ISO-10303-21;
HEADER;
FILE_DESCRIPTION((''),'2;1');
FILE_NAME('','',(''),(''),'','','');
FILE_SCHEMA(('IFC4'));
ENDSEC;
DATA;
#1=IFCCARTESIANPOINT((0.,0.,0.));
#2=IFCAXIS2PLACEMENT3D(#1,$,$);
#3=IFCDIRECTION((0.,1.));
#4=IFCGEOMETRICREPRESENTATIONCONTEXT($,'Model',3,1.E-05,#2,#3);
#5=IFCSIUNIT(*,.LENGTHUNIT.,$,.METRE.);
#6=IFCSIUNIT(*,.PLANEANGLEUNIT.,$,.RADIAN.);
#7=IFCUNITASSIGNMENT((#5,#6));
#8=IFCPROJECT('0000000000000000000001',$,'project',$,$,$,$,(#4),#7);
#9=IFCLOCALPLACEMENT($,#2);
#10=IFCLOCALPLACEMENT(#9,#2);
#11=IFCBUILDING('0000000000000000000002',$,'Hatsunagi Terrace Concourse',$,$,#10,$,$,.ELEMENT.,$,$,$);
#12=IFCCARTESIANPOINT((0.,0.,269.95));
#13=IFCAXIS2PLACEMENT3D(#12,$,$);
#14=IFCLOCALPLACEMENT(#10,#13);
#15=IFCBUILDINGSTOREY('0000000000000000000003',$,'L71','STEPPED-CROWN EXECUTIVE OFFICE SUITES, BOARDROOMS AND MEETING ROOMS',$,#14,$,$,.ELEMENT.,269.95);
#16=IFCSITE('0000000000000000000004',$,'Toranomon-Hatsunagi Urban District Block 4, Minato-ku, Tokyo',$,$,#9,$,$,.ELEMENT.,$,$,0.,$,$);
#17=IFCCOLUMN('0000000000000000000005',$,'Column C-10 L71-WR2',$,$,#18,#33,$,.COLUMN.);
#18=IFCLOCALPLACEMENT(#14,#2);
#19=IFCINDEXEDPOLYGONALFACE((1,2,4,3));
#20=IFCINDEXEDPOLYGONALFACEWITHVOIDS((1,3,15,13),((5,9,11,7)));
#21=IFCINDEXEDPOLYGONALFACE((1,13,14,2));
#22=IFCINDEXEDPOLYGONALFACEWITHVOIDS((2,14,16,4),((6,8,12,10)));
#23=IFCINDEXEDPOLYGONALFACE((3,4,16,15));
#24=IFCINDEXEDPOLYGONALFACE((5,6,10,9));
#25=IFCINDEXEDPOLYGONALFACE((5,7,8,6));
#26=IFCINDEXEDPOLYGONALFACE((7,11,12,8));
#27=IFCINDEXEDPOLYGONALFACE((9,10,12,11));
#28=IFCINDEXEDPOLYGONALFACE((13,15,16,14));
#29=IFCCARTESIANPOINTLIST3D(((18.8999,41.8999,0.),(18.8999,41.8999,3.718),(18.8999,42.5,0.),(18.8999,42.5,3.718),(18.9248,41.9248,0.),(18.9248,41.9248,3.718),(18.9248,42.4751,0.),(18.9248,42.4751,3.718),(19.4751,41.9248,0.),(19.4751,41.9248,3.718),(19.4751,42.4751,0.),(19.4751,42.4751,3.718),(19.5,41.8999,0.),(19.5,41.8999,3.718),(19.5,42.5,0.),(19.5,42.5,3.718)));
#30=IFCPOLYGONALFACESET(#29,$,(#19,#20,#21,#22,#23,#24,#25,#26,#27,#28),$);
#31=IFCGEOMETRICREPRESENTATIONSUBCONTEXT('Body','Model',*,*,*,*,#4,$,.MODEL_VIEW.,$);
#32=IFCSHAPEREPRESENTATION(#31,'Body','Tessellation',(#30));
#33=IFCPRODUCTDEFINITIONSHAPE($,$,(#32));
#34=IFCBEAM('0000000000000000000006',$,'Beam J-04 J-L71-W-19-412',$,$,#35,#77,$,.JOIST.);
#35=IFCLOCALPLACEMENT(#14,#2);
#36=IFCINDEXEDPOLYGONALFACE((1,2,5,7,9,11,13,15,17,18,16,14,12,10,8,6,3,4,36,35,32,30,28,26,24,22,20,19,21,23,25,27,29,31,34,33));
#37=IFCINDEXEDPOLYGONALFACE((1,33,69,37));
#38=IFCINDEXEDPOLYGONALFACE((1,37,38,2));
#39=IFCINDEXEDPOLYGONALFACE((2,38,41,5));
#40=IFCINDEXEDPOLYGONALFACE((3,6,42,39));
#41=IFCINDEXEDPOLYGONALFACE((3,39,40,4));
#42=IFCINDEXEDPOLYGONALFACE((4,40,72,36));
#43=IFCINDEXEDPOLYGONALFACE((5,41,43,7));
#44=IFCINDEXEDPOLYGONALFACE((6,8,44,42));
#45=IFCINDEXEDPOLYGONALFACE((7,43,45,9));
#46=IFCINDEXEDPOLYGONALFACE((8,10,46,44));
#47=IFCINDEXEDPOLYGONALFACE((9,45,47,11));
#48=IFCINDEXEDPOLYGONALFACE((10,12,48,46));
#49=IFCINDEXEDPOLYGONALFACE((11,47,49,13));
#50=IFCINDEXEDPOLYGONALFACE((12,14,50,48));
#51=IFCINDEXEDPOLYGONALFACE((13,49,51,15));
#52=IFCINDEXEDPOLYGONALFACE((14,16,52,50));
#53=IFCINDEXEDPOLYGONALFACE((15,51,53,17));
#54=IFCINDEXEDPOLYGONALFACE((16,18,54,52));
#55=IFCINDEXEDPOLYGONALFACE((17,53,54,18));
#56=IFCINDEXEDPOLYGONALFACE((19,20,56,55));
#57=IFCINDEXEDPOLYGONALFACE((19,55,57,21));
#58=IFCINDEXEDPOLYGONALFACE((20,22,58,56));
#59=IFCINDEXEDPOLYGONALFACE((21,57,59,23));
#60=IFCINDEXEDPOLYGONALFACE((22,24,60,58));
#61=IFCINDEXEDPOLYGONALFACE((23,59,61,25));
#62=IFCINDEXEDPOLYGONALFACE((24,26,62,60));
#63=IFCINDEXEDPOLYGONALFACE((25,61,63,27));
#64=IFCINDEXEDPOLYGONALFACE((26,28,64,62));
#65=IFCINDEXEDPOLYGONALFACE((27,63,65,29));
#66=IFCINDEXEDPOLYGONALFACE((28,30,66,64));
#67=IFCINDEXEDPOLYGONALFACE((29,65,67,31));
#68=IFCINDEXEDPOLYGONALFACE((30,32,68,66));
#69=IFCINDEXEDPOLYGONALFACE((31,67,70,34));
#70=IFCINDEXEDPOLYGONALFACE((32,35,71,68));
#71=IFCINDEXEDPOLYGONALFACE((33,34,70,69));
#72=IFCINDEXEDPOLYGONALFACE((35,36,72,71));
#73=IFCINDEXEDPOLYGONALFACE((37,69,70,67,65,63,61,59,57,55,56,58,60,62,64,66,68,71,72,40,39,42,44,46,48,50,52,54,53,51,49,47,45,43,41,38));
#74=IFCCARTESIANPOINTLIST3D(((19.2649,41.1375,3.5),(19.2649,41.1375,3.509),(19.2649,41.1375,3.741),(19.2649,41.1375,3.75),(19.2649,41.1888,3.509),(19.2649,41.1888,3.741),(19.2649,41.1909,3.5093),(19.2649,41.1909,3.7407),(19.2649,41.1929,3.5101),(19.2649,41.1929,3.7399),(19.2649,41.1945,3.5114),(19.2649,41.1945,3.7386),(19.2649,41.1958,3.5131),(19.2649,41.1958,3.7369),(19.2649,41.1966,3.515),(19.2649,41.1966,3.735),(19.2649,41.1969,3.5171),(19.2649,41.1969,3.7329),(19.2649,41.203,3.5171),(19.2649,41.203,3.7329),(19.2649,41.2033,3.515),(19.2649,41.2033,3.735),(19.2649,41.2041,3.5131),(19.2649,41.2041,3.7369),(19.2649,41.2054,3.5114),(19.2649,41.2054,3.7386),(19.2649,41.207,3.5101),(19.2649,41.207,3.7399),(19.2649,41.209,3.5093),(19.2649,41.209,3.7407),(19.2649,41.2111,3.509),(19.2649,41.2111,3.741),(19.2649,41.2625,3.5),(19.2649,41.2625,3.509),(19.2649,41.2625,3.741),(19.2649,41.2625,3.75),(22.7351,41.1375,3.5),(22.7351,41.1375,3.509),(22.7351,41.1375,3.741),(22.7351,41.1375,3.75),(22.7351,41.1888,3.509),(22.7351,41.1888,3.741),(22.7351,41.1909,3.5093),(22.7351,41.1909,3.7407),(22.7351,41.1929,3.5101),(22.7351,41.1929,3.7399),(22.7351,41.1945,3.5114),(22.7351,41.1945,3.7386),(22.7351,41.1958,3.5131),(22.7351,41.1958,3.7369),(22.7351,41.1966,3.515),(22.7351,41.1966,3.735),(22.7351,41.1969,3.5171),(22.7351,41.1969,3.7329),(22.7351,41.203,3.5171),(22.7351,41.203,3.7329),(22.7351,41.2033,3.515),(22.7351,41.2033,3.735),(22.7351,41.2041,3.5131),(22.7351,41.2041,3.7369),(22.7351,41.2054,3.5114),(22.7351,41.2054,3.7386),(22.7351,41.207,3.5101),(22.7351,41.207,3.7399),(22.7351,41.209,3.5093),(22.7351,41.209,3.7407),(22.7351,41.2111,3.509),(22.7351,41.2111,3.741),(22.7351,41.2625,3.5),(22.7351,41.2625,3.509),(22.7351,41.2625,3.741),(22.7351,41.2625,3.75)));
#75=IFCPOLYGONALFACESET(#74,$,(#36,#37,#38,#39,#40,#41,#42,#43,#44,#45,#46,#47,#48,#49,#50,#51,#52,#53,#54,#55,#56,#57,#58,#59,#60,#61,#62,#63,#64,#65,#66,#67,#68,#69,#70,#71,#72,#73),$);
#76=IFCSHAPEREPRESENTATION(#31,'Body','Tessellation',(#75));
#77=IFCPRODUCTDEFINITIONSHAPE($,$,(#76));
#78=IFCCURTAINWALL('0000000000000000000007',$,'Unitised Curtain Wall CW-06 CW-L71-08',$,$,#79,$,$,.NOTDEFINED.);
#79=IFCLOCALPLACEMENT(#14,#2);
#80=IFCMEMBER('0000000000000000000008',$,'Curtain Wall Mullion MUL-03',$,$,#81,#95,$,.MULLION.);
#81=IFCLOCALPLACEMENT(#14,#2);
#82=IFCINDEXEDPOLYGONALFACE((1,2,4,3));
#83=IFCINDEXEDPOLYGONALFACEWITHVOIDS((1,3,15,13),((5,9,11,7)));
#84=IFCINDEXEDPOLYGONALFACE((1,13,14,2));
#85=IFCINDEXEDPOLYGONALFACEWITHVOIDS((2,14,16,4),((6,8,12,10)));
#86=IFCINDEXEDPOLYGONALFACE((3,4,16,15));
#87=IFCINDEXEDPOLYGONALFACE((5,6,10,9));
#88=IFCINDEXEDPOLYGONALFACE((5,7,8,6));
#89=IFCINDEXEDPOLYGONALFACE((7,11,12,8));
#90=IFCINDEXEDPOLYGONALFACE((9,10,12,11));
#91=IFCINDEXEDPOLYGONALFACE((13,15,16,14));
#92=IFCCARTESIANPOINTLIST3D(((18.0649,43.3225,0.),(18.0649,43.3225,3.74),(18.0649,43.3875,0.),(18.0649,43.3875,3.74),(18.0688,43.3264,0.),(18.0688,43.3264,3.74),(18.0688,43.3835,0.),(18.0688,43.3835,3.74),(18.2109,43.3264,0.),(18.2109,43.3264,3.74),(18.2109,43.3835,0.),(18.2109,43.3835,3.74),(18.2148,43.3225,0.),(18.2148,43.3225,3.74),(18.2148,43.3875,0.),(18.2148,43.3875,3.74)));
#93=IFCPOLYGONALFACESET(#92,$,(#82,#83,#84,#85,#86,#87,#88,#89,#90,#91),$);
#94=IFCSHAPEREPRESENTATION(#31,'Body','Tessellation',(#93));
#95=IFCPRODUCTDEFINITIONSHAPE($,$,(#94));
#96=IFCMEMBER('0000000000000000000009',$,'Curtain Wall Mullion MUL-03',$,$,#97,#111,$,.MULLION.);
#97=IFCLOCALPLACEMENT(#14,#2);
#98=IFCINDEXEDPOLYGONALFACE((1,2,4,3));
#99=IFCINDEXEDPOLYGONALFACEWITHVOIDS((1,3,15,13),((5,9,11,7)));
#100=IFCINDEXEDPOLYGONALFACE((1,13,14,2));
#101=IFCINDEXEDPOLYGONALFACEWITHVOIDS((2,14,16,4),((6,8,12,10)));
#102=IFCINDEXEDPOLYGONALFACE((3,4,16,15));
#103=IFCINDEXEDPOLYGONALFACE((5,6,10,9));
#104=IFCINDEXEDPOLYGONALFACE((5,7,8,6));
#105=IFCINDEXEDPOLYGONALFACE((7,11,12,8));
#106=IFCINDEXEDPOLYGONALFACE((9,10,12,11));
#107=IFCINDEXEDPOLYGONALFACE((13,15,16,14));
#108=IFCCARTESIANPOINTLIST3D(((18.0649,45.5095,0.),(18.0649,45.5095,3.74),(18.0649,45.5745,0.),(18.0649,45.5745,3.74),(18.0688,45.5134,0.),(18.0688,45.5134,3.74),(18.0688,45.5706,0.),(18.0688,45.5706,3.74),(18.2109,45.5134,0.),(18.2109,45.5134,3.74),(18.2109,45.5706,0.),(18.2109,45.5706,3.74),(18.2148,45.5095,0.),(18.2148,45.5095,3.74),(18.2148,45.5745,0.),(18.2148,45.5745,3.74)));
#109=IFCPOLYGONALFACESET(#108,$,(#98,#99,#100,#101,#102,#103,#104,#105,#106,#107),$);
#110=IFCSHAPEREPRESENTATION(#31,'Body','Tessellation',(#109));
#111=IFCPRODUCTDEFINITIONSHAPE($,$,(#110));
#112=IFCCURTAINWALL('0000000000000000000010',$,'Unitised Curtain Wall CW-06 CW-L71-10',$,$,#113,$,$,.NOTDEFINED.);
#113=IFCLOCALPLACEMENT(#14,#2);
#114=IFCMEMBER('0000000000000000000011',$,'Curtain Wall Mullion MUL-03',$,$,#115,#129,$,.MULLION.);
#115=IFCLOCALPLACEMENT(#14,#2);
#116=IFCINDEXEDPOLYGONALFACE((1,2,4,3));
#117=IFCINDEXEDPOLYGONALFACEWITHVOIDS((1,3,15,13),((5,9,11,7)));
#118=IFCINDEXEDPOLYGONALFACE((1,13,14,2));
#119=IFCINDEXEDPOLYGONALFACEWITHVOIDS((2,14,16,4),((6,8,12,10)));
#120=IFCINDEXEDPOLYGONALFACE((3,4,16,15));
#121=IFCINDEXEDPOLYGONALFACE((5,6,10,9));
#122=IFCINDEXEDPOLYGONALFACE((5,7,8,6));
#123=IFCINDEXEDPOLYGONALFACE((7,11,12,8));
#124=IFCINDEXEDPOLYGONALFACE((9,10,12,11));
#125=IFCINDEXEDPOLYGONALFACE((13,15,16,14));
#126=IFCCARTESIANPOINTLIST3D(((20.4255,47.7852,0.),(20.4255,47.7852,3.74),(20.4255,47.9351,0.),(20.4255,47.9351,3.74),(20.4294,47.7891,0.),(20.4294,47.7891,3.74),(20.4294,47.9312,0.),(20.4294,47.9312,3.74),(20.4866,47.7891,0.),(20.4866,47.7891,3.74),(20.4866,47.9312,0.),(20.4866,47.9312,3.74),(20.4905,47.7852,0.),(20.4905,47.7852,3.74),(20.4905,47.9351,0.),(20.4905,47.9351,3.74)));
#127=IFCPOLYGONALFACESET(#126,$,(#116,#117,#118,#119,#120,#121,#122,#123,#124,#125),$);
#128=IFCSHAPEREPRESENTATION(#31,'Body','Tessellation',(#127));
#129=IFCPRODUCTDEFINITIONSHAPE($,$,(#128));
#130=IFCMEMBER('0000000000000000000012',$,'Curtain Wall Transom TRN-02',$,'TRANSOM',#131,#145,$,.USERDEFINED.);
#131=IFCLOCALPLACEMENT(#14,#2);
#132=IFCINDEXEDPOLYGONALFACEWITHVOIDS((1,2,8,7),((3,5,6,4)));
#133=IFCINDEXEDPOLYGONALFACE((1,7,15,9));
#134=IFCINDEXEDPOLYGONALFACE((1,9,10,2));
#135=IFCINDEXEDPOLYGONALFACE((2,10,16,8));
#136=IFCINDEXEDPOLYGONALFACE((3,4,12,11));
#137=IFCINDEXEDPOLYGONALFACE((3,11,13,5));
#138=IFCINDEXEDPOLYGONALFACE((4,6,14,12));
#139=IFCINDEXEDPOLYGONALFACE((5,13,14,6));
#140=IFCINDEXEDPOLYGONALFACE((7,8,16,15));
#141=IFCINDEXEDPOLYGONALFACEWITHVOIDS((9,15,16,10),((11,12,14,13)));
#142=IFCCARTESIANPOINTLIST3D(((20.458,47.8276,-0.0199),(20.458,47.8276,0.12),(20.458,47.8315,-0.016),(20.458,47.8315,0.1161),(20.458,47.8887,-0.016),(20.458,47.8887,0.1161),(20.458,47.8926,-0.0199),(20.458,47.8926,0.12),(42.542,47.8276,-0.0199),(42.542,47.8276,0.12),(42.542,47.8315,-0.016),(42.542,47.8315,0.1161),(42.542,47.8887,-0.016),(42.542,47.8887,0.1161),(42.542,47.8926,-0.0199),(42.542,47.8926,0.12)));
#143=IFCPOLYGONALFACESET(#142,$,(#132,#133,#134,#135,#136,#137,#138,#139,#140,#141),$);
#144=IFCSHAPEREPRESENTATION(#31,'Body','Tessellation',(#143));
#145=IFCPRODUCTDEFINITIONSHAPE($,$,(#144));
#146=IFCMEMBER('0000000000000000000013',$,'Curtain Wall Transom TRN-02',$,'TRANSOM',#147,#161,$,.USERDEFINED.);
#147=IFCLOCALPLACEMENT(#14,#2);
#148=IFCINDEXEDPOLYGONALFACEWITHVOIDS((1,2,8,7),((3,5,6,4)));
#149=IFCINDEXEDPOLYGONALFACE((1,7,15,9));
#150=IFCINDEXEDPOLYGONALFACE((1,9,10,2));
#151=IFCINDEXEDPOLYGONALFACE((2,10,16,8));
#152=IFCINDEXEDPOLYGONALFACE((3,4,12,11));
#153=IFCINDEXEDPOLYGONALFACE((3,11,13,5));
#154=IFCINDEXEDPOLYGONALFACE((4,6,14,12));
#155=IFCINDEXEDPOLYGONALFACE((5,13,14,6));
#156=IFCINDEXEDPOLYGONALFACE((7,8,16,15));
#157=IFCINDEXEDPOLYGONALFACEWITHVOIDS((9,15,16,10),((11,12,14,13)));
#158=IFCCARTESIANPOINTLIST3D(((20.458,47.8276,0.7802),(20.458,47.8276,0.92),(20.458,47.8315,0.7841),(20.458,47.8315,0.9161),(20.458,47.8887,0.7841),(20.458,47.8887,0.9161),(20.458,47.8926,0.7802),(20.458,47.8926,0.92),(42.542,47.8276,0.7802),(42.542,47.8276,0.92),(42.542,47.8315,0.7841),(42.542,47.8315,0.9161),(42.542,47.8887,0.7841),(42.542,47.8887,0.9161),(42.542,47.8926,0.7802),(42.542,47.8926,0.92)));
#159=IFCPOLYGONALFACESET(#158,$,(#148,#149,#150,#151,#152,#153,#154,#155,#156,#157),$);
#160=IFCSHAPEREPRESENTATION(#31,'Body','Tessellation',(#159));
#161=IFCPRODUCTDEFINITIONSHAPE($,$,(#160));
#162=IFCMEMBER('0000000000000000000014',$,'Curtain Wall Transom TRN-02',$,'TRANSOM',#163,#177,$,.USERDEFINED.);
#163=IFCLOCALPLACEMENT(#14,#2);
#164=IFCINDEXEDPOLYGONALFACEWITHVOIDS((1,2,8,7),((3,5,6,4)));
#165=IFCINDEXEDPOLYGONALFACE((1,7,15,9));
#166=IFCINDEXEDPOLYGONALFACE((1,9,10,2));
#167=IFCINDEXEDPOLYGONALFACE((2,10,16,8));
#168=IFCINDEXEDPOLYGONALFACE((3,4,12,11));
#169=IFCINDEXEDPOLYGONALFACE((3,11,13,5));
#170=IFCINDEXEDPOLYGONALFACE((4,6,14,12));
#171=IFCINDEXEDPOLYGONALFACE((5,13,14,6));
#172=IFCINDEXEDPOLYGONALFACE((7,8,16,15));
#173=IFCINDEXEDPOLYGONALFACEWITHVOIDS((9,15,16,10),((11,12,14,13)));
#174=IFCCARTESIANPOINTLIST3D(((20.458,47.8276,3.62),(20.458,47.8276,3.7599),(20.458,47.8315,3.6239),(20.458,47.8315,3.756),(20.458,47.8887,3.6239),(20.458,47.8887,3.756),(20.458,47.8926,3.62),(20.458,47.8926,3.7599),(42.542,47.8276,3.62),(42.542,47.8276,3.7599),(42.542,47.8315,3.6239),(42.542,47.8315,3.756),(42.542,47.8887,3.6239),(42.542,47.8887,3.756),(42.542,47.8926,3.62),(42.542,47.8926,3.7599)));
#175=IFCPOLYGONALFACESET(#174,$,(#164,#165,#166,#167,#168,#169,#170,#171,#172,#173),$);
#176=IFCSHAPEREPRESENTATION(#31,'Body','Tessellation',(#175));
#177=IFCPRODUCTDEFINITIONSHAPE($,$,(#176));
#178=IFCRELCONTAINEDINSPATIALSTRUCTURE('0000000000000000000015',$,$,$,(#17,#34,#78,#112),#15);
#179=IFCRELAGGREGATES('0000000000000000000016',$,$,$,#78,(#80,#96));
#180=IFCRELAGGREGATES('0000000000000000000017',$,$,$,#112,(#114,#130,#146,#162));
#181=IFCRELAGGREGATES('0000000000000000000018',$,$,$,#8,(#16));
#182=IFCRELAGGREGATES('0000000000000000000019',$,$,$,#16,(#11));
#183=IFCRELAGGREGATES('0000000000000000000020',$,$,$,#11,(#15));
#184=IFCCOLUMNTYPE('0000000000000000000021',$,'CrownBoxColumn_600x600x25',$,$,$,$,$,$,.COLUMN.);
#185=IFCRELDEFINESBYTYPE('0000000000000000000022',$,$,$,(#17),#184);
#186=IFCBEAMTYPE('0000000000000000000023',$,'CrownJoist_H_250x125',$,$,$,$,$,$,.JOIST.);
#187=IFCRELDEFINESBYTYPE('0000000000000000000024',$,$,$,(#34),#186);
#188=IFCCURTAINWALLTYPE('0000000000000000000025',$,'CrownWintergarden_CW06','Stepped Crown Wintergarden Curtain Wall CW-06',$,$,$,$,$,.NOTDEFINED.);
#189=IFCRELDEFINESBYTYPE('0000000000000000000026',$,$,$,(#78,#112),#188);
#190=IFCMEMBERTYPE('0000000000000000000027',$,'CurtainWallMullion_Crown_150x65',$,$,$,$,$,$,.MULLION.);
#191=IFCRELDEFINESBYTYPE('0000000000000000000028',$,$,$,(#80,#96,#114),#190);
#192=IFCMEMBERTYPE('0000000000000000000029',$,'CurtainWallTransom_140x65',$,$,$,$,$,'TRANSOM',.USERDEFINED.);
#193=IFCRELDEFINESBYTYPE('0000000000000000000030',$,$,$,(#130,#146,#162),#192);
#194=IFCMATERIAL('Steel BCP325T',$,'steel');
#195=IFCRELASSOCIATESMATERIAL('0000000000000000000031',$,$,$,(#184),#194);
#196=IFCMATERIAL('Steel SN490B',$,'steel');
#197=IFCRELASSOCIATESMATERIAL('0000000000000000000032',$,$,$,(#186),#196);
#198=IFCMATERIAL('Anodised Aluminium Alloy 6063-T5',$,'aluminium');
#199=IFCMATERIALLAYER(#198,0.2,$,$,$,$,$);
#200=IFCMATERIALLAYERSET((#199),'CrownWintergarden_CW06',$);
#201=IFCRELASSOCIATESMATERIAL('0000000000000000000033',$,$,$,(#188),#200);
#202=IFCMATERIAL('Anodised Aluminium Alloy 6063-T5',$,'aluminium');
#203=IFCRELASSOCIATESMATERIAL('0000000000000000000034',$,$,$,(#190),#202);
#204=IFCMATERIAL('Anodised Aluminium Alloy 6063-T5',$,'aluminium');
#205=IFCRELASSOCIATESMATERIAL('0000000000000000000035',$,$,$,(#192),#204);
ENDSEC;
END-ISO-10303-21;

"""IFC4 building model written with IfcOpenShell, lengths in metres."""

from ifc_helpers import new_model, si_unit, direction, frame, origin, origin_2d, place, context, subcontext, project, spatial, hollow_rectangle, i_section, extrude, material, layer, layer_set, material_profile, profile_set, type_object, element, aggregate, save


model = new_model("IFC4")

# Units and contexts
model_context = context("Model", 3, precision=1e-05, world=origin(), true_north=direction((0.0, 1.0)))
body_context = subcontext(model_context, "Body", "Model", "MODEL_VIEW")
ifc_project = project(units=[si_unit("LENGTHUNIT", "METRE"), si_unit("PLANEANGLEUNIT", "RADIAN")], contexts=[model_context])

# Site, building, storey
site_placement = place(None, origin())
site = spatial("IfcSite", under=ifc_project, at=site_placement, Name="Toranomon-Hatsunagi Urban District Block 4, Minato-ku, Tokyo", CompositionType="ELEMENT", RefElevation=0.0)
building_placement = place(site_placement, origin())
building = spatial("IfcBuilding", under=site, at=building_placement, Name="Hatsunagi Terrace Concourse", CompositionType="ELEMENT")
storey_placement = place(building_placement, frame((0.0, 0.0, 269.95)))
storey = spatial("IfcBuildingStorey", under=building, at=storey_placement, Name="L71", Description="STEPPED-CROWN EXECUTIVE OFFICE SUITES, BOARDROOMS AND MEETING ROOMS", CompositionType="ELEMENT", Elevation=269.95)

# Column
ifc_material_1 = material(Name="Steel BCP325T", Category="steel")
ifc_material_profile_1 = material_profile(ifc_material_1, hollow_rectangle(XDim=0.6001, YDim=0.6001, WallThickness=0.0249, at=origin_2d()), Name="BCP-600x600x25")
ifc_profile_set_1 = profile_set([ifc_material_profile_1], Name="Steel BCP325T")
column_type = type_object("IfcColumnType", Name="CrownBoxColumn_600x600x25", PredefinedType="COLUMN", material=ifc_profile_set_1)
column_placement = place(storey_placement, frame((19.2, 42.2, 0.0), z_axis=(0.0, 0.0, 1.0), x_axis=(1.0, 0.0, 0.0)))
element("IfcColumn", 1, at=column_placement, inside=storey, type_object=column_type, Name="Column C-10 L71-WR2", PredefinedType="COLUMN", context=body_context, shape_type="SweptSolid", body=[
    extrude(hollow_rectangle(XDim=0.6001, YDim=0.6001, WallThickness=0.0249, at=origin_2d()), origin(), (0.0, 0.0, 1.0), 3.718),
])

# Beam
ifc_material_2 = material(Name="Steel SN490B", Category="steel")
ifc_material_profile_2 = material_profile(ifc_material_2, i_section(OverallWidth=0.125, OverallDepth=0.25, WebThickness=0.0061, FlangeThickness=0.009, FilletRadius=0.0081, at=origin_2d()), Name="H-250x125x6x9")
ifc_profile_set_2 = profile_set([ifc_material_profile_2], Name="Steel SN490B")
beam_type_1 = type_object("IfcBeamType", Name="CrownJoist_H_250x125", PredefinedType="JOIST", material=ifc_profile_set_2)
beam_1_placement = place(storey_placement, frame((19.2649, 41.2, 3.625), z_axis=(1.0, 0.0, 0.0), x_axis=(0.0, 1.0, 0.0)))
element("IfcBeam", 2, at=beam_1_placement, inside=storey, type_object=beam_type_1, Name="Beam J-04 J-L71-W-19-412", PredefinedType="JOIST", context=body_context, shape_type="SweptSolid", body=[
    extrude(i_section(OverallWidth=0.125, OverallDepth=0.25, WebThickness=0.0061, FlangeThickness=0.009, FilletRadius=0.0081, at=origin_2d()), origin(), (0.0, 0.0, 1.0), 3.4702),
])

# Curtain walls, members
ifc_material_3 = material(Name="Anodised Aluminium Alloy 6063-T5", Category="aluminium")
ifc_layer_1 = layer(ifc_material_3, 0.2)
ifc_layer_set_1 = layer_set([ifc_layer_1], Name="CrownWintergarden_CW06")
curtain_wall_type = type_object("IfcCurtainWallType", Name="CrownWintergarden_CW06", Description="Stepped Crown Wintergarden Curtain Wall CW-06", PredefinedType="NOTDEFINED", material=ifc_layer_set_1)
curtain_wall_1_placement = place(storey_placement, origin())
curtain_wall_1 = element("IfcCurtainWall", 3, at=curtain_wall_1_placement, inside=storey, type_object=curtain_wall_type, Name="Unitised Curtain Wall CW-06 CW-L71-08", PredefinedType="NOTDEFINED")
ifc_material_4 = material(Name="Anodised Aluminium Alloy 6063-T5", Category="aluminium")
ifc_material_profile_3 = material_profile(ifc_material_4, hollow_rectangle(XDim=0.0649, YDim=0.1499, WallThickness=0.0039, at=origin_2d()), Name="ALU-MUL-150x65x4")
ifc_profile_set_3 = profile_set([ifc_material_profile_3], Name="Anodised Aluminium Alloy 6063-T5")
member_type_1 = type_object("IfcMemberType", Name="CurtainWallMullion_Crown_150x65", PredefinedType="MULLION", material=ifc_profile_set_3)
member_1_placement = place(storey_placement, frame((18.1399, 43.355, 0.0), z_axis=(0.0, 0.0, 1.0), x_axis=(0.0, 1.0, 0.0)))
member_1 = element("IfcMember", 4, at=member_1_placement, type_object=member_type_1, Name="Curtain Wall Mullion MUL-03", PredefinedType="MULLION", context=body_context, shape_type="SweptSolid", body=[
    extrude(hollow_rectangle(XDim=0.0649, YDim=0.1499, WallThickness=0.0039, at=origin_2d()), origin(), (0.0, 0.0, 1.0), 3.74),
])
member_2_placement = place(storey_placement, frame((18.1399, 45.542, 0.0), z_axis=(0.0, 0.0, 1.0), x_axis=(0.0, 1.0, 0.0)))
member_2 = element("IfcMember", 5, at=member_2_placement, type_object=member_type_1, Name="Curtain Wall Mullion MUL-03", PredefinedType="MULLION", context=body_context, shape_type="SweptSolid", body=[
    extrude(hollow_rectangle(XDim=0.0649, YDim=0.1499, WallThickness=0.0039, at=origin_2d()), origin(), (0.0, 0.0, 1.0), 3.74),
])
curtain_wall_2_placement = place(storey_placement, origin())
curtain_wall_2 = element("IfcCurtainWall", 6, at=curtain_wall_2_placement, inside=storey, type_object=curtain_wall_type, Name="Unitised Curtain Wall CW-06 CW-L71-10", PredefinedType="NOTDEFINED")
member_3_placement = place(storey_placement, frame((20.458, 47.8601, 0.0), z_axis=(0.0, 0.0, 1.0), x_axis=(1.0, 0.0, 0.0)))
member_3 = element("IfcMember", 7, at=member_3_placement, type_object=member_type_1, Name="Curtain Wall Mullion MUL-03", PredefinedType="MULLION", context=body_context, shape_type="SweptSolid", body=[
    extrude(hollow_rectangle(XDim=0.0649, YDim=0.1499, WallThickness=0.0039, at=origin_2d()), origin(), (0.0, 0.0, 1.0), 3.74),
])
ifc_material_5 = material(Name="Anodised Aluminium Alloy 6063-T5", Category="aluminium")
ifc_material_profile_4 = material_profile(ifc_material_5, hollow_rectangle(XDim=0.0649, YDim=0.1399, WallThickness=0.0039, at=origin_2d()), Name="ALU-TRN-140x65x4")
ifc_profile_set_4 = profile_set([ifc_material_profile_4], Name="Anodised Aluminium Alloy 6063-T5")
member_type_2 = type_object("IfcMemberType", Name="CurtainWallTransom_140x65", ElementType="TRANSOM", PredefinedType="USERDEFINED", material=ifc_profile_set_4)
member_4_placement = place(storey_placement, frame((20.458, 47.8601, 0.05), z_axis=(1.0, 0.0, 0.0), x_axis=(0.0, 1.0, 0.0)))
member_4 = element("IfcMember", 8, at=member_4_placement, type_object=member_type_2, Name="Curtain Wall Transom TRN-02", ObjectType="TRANSOM", PredefinedType="USERDEFINED", context=body_context, shape_type="SweptSolid", body=[
    extrude(hollow_rectangle(XDim=0.0649, YDim=0.1399, WallThickness=0.0039, at=origin_2d()), origin(), (0.0, 0.0, 1.0), 22.084),
])
member_5_placement = place(storey_placement, frame((20.458, 47.8601, 0.8501), z_axis=(1.0, 0.0, 0.0), x_axis=(0.0, 1.0, 0.0)))
member_5 = element("IfcMember", 9, at=member_5_placement, type_object=member_type_2, Name="Curtain Wall Transom TRN-02", ObjectType="TRANSOM", PredefinedType="USERDEFINED", context=body_context, shape_type="SweptSolid", body=[
    extrude(hollow_rectangle(XDim=0.0649, YDim=0.1399, WallThickness=0.0039, at=origin_2d()), origin(), (0.0, 0.0, 1.0), 22.084),
])
member_6_placement = place(storey_placement, frame((20.458, 47.8601, 3.6899), z_axis=(1.0, 0.0, 0.0), x_axis=(0.0, 1.0, 0.0)))
member_6 = element("IfcMember", 10, at=member_6_placement, type_object=member_type_2, Name="Curtain Wall Transom TRN-02", ObjectType="TRANSOM", PredefinedType="USERDEFINED", context=body_context, shape_type="SweptSolid", body=[
    extrude(hollow_rectangle(XDim=0.0649, YDim=0.1399, WallThickness=0.0039, at=origin_2d()), origin(), (0.0, 0.0, 1.0), 22.084),
])

aggregate(curtain_wall_1, [member_1, member_2])
aggregate(curtain_wall_2, [member_3, member_4, member_5, member_6])

save(model, "model.ifc")
